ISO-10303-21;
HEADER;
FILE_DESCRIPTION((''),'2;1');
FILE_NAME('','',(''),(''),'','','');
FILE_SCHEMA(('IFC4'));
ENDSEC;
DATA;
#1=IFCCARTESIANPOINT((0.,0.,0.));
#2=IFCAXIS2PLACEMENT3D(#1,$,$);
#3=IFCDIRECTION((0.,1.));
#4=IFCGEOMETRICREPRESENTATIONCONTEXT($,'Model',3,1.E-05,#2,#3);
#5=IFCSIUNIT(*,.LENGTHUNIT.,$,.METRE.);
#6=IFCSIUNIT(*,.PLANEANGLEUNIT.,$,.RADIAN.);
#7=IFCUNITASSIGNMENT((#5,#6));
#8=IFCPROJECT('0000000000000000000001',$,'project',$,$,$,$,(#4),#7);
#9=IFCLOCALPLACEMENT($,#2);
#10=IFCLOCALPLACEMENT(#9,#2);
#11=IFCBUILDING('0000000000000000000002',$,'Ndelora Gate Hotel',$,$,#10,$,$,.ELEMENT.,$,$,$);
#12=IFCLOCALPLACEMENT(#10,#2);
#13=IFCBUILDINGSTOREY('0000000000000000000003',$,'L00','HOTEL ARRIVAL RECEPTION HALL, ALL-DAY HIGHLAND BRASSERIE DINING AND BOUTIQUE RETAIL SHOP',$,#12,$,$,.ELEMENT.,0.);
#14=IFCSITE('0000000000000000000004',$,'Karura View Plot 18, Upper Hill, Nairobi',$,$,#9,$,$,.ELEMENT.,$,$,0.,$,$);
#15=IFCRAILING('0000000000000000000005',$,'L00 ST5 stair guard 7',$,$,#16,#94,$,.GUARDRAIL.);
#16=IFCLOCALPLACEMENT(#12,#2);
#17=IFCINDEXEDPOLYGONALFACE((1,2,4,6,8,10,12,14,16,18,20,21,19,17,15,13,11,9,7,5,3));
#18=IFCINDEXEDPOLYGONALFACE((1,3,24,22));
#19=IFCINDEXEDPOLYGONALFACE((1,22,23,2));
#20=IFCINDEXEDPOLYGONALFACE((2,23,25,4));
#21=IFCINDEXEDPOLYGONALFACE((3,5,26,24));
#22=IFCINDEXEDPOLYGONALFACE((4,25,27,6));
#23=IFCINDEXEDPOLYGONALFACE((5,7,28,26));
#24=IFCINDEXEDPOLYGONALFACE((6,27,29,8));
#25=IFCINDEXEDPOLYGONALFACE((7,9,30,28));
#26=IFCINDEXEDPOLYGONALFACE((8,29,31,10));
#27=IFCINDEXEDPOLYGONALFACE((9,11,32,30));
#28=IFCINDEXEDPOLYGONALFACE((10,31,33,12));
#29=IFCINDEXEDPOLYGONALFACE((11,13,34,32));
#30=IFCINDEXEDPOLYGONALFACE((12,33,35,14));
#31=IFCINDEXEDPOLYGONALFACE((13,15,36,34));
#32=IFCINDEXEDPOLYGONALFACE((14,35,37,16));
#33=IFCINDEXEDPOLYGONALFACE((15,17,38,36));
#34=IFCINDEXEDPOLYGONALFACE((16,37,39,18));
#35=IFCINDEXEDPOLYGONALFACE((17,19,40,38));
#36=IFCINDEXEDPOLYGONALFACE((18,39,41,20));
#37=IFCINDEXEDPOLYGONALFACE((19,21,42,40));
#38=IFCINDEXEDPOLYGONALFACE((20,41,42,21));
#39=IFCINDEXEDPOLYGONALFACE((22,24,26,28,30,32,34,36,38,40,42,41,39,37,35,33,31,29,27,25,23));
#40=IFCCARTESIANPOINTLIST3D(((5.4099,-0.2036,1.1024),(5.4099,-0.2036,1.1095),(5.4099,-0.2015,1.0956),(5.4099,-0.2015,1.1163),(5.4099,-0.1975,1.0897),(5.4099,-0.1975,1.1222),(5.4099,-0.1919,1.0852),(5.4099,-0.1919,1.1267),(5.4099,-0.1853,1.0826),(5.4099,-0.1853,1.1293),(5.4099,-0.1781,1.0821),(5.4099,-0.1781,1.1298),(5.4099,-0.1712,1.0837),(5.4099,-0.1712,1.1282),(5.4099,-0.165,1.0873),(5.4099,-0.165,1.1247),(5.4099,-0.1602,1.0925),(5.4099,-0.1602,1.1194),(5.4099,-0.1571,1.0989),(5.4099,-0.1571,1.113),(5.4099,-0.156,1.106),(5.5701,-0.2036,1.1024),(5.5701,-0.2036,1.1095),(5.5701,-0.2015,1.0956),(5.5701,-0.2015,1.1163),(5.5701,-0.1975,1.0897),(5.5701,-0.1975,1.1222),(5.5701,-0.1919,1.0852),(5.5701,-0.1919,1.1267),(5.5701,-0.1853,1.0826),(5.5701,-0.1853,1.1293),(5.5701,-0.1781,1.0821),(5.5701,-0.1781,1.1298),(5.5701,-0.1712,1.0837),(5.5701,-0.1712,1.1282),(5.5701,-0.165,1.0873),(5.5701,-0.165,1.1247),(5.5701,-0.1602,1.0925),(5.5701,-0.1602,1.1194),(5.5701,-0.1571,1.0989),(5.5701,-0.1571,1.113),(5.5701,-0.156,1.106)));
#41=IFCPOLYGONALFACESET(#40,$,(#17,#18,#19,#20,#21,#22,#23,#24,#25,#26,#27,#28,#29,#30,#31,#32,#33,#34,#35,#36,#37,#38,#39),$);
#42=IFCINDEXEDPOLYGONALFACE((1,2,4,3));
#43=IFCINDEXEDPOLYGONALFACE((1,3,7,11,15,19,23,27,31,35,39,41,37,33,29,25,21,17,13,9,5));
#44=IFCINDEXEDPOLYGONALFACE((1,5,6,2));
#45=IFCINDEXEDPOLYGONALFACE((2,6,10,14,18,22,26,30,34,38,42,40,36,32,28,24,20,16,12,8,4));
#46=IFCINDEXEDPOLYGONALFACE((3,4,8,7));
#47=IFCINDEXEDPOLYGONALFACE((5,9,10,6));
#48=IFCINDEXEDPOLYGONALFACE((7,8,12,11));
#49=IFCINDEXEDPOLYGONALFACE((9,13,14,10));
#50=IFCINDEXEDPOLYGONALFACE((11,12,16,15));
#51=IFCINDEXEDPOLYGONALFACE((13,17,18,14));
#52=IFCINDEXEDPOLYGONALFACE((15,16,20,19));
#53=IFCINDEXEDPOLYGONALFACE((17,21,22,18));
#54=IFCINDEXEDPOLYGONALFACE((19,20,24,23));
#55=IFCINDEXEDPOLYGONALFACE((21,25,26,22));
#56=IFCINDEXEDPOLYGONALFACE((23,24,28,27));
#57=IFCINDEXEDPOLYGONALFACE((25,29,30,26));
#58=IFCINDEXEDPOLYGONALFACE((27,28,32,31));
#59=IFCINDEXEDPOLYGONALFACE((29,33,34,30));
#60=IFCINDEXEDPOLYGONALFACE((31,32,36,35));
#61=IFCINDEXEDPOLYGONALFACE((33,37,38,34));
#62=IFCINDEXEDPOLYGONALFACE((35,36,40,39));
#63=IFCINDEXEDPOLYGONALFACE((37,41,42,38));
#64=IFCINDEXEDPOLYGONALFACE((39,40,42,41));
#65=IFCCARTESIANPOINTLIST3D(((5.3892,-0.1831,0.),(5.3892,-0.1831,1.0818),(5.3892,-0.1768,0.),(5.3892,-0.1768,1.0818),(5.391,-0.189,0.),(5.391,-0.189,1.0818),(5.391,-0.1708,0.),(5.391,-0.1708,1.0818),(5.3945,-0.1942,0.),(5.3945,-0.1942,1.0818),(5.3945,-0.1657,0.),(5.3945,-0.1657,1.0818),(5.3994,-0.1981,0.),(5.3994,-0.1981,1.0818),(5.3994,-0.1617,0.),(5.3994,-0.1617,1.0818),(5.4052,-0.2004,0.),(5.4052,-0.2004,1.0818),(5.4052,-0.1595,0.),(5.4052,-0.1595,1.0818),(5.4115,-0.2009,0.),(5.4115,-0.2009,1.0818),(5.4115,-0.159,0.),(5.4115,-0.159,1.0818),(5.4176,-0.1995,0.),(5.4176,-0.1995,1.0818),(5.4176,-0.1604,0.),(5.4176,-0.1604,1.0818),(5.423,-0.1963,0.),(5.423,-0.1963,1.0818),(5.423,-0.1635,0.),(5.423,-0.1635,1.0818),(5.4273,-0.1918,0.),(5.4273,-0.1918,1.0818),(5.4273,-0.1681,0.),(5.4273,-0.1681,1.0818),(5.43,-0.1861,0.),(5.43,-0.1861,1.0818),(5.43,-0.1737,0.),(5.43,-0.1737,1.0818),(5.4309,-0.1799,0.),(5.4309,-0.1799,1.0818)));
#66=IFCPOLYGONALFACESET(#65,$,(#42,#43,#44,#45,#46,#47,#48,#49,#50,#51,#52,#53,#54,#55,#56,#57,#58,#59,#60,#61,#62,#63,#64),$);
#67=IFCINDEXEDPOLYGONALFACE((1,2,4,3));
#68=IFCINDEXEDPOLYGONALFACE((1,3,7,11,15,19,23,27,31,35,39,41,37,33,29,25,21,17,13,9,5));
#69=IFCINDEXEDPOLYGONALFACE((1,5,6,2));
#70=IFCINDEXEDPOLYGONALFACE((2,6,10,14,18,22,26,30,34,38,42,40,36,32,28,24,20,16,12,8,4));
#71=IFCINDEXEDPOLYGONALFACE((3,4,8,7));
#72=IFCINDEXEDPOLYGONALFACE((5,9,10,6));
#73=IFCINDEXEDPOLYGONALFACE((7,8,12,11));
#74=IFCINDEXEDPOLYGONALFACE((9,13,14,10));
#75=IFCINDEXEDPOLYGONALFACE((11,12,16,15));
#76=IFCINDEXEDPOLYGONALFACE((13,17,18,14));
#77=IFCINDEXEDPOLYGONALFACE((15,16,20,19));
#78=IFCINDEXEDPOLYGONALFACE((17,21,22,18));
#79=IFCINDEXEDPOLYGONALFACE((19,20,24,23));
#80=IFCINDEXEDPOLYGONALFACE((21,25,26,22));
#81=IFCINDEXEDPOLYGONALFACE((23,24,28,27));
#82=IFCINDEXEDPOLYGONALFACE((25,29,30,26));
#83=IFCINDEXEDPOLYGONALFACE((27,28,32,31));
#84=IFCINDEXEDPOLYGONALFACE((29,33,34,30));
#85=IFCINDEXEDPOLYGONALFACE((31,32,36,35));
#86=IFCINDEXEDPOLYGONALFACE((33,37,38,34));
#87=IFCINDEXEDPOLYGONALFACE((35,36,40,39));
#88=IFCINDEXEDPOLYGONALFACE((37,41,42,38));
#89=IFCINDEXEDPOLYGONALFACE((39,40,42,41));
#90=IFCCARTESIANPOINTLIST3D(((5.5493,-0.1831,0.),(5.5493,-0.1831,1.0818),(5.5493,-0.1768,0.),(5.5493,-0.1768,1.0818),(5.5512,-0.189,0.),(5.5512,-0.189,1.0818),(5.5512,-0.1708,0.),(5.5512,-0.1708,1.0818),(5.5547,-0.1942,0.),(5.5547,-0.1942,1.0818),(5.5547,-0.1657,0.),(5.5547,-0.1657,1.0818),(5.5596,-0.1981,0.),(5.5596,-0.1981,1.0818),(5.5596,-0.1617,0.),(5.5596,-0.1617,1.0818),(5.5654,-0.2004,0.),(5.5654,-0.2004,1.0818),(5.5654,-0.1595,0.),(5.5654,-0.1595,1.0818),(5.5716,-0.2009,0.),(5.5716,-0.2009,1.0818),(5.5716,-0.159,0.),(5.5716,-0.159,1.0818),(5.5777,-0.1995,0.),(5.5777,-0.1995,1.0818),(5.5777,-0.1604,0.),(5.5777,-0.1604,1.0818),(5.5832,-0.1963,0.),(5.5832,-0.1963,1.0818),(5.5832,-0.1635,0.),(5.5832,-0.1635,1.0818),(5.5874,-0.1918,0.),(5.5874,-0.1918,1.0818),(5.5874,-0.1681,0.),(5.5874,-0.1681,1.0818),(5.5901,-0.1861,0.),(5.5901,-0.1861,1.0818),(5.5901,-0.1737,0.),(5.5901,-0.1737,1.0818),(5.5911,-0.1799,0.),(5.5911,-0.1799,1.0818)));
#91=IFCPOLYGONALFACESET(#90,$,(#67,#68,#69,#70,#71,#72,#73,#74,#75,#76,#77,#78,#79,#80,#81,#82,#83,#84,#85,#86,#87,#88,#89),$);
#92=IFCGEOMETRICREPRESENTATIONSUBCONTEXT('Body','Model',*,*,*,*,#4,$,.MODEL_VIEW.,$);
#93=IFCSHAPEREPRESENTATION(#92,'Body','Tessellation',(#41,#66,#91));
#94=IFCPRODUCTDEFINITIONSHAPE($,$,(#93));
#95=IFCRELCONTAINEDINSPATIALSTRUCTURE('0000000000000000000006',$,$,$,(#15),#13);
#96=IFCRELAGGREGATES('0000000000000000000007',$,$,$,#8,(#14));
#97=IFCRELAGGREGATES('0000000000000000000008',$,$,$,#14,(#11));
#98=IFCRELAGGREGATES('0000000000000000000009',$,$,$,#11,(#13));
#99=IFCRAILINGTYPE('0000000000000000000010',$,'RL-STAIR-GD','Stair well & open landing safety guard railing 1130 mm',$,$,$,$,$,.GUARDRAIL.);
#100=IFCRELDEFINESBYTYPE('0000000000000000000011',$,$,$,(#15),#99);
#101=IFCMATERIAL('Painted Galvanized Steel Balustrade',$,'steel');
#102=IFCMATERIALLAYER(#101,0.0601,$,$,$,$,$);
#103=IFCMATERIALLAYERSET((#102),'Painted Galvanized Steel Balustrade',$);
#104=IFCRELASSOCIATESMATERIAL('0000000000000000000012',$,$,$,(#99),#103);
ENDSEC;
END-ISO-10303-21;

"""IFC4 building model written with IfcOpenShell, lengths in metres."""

from ifc_helpers import new_model, si_unit, direction, frame, origin, origin_2d, place, context, subcontext, project, spatial, circle, extrude, material, layer, layer_set, type_object, element, save


model = new_model("IFC4")

# Units and contexts
model_context = context("Model", 3, precision=1e-05, world=origin(), true_north=direction((0.0, 1.0)))
body_context = subcontext(model_context, "Body", "Model", "MODEL_VIEW")
ifc_project = project(units=[si_unit("LENGTHUNIT", "METRE"), si_unit("PLANEANGLEUNIT", "RADIAN")], contexts=[model_context])

# Site, building, storey
site_placement = place(None, origin())
site = spatial("IfcSite", under=ifc_project, at=site_placement, Name="Karura View Plot 18, Upper Hill, Nairobi", CompositionType="ELEMENT", RefElevation=0.0)
building_placement = place(site_placement, origin())
building = spatial("IfcBuilding", under=site, at=building_placement, Name="Ndelora Gate Hotel", CompositionType="ELEMENT")
storey_placement = place(building_placement, origin())
storey = spatial("IfcBuildingStorey", under=building, at=storey_placement, Name="L00", Description="HOTEL ARRIVAL RECEPTION HALL, ALL-DAY HIGHLAND BRASSERIE DINING AND BOUTIQUE RETAIL SHOP", CompositionType="ELEMENT", Elevation=0.0)

# Railing
ifc_material_1 = material(Name="Painted Galvanized Steel Balustrade", Category="steel")
ifc_layer_1 = layer(ifc_material_1, 0.0601)
ifc_layer_set_1 = layer_set([ifc_layer_1], Name="Painted Galvanized Steel Balustrade")
railing_type_1 = type_object("IfcRailingType", Name="RL-STAIR-GD", Description="Stair well & open landing safety guard railing 1130 mm", PredefinedType="GUARDRAIL", material=ifc_layer_set_1)
railing_1_placement = place(storey_placement, frame((5.4099, -0.1799, 0.0)))
element("IfcRailing", 1, at=railing_1_placement, inside=storey, type_object=railing_type_1, Name="L00 ST5 stair guard 7", PredefinedType="GUARDRAIL", context=body_context, shape_type="SweptSolid", body=[
    extrude(circle(Radius=0.0239, at=origin_2d()), frame((0.0, 0.0, 1.106), z_axis=(1.0, 0.0, 0.0), x_axis=(0.0, 1.0, 0.0)), (0.0, 0.0, 1.0), 0.1602),
    extrude(circle(Radius=0.021, at=origin_2d()), origin(), (0.0, 0.0, 1.0), 1.0818),
    extrude(circle(Radius=0.021, at=origin_2d()), frame((0.1602, 0.0, 0.0)), (0.0, 0.0, 1.0), 1.0818),
])

save(model, "model.ifc")
